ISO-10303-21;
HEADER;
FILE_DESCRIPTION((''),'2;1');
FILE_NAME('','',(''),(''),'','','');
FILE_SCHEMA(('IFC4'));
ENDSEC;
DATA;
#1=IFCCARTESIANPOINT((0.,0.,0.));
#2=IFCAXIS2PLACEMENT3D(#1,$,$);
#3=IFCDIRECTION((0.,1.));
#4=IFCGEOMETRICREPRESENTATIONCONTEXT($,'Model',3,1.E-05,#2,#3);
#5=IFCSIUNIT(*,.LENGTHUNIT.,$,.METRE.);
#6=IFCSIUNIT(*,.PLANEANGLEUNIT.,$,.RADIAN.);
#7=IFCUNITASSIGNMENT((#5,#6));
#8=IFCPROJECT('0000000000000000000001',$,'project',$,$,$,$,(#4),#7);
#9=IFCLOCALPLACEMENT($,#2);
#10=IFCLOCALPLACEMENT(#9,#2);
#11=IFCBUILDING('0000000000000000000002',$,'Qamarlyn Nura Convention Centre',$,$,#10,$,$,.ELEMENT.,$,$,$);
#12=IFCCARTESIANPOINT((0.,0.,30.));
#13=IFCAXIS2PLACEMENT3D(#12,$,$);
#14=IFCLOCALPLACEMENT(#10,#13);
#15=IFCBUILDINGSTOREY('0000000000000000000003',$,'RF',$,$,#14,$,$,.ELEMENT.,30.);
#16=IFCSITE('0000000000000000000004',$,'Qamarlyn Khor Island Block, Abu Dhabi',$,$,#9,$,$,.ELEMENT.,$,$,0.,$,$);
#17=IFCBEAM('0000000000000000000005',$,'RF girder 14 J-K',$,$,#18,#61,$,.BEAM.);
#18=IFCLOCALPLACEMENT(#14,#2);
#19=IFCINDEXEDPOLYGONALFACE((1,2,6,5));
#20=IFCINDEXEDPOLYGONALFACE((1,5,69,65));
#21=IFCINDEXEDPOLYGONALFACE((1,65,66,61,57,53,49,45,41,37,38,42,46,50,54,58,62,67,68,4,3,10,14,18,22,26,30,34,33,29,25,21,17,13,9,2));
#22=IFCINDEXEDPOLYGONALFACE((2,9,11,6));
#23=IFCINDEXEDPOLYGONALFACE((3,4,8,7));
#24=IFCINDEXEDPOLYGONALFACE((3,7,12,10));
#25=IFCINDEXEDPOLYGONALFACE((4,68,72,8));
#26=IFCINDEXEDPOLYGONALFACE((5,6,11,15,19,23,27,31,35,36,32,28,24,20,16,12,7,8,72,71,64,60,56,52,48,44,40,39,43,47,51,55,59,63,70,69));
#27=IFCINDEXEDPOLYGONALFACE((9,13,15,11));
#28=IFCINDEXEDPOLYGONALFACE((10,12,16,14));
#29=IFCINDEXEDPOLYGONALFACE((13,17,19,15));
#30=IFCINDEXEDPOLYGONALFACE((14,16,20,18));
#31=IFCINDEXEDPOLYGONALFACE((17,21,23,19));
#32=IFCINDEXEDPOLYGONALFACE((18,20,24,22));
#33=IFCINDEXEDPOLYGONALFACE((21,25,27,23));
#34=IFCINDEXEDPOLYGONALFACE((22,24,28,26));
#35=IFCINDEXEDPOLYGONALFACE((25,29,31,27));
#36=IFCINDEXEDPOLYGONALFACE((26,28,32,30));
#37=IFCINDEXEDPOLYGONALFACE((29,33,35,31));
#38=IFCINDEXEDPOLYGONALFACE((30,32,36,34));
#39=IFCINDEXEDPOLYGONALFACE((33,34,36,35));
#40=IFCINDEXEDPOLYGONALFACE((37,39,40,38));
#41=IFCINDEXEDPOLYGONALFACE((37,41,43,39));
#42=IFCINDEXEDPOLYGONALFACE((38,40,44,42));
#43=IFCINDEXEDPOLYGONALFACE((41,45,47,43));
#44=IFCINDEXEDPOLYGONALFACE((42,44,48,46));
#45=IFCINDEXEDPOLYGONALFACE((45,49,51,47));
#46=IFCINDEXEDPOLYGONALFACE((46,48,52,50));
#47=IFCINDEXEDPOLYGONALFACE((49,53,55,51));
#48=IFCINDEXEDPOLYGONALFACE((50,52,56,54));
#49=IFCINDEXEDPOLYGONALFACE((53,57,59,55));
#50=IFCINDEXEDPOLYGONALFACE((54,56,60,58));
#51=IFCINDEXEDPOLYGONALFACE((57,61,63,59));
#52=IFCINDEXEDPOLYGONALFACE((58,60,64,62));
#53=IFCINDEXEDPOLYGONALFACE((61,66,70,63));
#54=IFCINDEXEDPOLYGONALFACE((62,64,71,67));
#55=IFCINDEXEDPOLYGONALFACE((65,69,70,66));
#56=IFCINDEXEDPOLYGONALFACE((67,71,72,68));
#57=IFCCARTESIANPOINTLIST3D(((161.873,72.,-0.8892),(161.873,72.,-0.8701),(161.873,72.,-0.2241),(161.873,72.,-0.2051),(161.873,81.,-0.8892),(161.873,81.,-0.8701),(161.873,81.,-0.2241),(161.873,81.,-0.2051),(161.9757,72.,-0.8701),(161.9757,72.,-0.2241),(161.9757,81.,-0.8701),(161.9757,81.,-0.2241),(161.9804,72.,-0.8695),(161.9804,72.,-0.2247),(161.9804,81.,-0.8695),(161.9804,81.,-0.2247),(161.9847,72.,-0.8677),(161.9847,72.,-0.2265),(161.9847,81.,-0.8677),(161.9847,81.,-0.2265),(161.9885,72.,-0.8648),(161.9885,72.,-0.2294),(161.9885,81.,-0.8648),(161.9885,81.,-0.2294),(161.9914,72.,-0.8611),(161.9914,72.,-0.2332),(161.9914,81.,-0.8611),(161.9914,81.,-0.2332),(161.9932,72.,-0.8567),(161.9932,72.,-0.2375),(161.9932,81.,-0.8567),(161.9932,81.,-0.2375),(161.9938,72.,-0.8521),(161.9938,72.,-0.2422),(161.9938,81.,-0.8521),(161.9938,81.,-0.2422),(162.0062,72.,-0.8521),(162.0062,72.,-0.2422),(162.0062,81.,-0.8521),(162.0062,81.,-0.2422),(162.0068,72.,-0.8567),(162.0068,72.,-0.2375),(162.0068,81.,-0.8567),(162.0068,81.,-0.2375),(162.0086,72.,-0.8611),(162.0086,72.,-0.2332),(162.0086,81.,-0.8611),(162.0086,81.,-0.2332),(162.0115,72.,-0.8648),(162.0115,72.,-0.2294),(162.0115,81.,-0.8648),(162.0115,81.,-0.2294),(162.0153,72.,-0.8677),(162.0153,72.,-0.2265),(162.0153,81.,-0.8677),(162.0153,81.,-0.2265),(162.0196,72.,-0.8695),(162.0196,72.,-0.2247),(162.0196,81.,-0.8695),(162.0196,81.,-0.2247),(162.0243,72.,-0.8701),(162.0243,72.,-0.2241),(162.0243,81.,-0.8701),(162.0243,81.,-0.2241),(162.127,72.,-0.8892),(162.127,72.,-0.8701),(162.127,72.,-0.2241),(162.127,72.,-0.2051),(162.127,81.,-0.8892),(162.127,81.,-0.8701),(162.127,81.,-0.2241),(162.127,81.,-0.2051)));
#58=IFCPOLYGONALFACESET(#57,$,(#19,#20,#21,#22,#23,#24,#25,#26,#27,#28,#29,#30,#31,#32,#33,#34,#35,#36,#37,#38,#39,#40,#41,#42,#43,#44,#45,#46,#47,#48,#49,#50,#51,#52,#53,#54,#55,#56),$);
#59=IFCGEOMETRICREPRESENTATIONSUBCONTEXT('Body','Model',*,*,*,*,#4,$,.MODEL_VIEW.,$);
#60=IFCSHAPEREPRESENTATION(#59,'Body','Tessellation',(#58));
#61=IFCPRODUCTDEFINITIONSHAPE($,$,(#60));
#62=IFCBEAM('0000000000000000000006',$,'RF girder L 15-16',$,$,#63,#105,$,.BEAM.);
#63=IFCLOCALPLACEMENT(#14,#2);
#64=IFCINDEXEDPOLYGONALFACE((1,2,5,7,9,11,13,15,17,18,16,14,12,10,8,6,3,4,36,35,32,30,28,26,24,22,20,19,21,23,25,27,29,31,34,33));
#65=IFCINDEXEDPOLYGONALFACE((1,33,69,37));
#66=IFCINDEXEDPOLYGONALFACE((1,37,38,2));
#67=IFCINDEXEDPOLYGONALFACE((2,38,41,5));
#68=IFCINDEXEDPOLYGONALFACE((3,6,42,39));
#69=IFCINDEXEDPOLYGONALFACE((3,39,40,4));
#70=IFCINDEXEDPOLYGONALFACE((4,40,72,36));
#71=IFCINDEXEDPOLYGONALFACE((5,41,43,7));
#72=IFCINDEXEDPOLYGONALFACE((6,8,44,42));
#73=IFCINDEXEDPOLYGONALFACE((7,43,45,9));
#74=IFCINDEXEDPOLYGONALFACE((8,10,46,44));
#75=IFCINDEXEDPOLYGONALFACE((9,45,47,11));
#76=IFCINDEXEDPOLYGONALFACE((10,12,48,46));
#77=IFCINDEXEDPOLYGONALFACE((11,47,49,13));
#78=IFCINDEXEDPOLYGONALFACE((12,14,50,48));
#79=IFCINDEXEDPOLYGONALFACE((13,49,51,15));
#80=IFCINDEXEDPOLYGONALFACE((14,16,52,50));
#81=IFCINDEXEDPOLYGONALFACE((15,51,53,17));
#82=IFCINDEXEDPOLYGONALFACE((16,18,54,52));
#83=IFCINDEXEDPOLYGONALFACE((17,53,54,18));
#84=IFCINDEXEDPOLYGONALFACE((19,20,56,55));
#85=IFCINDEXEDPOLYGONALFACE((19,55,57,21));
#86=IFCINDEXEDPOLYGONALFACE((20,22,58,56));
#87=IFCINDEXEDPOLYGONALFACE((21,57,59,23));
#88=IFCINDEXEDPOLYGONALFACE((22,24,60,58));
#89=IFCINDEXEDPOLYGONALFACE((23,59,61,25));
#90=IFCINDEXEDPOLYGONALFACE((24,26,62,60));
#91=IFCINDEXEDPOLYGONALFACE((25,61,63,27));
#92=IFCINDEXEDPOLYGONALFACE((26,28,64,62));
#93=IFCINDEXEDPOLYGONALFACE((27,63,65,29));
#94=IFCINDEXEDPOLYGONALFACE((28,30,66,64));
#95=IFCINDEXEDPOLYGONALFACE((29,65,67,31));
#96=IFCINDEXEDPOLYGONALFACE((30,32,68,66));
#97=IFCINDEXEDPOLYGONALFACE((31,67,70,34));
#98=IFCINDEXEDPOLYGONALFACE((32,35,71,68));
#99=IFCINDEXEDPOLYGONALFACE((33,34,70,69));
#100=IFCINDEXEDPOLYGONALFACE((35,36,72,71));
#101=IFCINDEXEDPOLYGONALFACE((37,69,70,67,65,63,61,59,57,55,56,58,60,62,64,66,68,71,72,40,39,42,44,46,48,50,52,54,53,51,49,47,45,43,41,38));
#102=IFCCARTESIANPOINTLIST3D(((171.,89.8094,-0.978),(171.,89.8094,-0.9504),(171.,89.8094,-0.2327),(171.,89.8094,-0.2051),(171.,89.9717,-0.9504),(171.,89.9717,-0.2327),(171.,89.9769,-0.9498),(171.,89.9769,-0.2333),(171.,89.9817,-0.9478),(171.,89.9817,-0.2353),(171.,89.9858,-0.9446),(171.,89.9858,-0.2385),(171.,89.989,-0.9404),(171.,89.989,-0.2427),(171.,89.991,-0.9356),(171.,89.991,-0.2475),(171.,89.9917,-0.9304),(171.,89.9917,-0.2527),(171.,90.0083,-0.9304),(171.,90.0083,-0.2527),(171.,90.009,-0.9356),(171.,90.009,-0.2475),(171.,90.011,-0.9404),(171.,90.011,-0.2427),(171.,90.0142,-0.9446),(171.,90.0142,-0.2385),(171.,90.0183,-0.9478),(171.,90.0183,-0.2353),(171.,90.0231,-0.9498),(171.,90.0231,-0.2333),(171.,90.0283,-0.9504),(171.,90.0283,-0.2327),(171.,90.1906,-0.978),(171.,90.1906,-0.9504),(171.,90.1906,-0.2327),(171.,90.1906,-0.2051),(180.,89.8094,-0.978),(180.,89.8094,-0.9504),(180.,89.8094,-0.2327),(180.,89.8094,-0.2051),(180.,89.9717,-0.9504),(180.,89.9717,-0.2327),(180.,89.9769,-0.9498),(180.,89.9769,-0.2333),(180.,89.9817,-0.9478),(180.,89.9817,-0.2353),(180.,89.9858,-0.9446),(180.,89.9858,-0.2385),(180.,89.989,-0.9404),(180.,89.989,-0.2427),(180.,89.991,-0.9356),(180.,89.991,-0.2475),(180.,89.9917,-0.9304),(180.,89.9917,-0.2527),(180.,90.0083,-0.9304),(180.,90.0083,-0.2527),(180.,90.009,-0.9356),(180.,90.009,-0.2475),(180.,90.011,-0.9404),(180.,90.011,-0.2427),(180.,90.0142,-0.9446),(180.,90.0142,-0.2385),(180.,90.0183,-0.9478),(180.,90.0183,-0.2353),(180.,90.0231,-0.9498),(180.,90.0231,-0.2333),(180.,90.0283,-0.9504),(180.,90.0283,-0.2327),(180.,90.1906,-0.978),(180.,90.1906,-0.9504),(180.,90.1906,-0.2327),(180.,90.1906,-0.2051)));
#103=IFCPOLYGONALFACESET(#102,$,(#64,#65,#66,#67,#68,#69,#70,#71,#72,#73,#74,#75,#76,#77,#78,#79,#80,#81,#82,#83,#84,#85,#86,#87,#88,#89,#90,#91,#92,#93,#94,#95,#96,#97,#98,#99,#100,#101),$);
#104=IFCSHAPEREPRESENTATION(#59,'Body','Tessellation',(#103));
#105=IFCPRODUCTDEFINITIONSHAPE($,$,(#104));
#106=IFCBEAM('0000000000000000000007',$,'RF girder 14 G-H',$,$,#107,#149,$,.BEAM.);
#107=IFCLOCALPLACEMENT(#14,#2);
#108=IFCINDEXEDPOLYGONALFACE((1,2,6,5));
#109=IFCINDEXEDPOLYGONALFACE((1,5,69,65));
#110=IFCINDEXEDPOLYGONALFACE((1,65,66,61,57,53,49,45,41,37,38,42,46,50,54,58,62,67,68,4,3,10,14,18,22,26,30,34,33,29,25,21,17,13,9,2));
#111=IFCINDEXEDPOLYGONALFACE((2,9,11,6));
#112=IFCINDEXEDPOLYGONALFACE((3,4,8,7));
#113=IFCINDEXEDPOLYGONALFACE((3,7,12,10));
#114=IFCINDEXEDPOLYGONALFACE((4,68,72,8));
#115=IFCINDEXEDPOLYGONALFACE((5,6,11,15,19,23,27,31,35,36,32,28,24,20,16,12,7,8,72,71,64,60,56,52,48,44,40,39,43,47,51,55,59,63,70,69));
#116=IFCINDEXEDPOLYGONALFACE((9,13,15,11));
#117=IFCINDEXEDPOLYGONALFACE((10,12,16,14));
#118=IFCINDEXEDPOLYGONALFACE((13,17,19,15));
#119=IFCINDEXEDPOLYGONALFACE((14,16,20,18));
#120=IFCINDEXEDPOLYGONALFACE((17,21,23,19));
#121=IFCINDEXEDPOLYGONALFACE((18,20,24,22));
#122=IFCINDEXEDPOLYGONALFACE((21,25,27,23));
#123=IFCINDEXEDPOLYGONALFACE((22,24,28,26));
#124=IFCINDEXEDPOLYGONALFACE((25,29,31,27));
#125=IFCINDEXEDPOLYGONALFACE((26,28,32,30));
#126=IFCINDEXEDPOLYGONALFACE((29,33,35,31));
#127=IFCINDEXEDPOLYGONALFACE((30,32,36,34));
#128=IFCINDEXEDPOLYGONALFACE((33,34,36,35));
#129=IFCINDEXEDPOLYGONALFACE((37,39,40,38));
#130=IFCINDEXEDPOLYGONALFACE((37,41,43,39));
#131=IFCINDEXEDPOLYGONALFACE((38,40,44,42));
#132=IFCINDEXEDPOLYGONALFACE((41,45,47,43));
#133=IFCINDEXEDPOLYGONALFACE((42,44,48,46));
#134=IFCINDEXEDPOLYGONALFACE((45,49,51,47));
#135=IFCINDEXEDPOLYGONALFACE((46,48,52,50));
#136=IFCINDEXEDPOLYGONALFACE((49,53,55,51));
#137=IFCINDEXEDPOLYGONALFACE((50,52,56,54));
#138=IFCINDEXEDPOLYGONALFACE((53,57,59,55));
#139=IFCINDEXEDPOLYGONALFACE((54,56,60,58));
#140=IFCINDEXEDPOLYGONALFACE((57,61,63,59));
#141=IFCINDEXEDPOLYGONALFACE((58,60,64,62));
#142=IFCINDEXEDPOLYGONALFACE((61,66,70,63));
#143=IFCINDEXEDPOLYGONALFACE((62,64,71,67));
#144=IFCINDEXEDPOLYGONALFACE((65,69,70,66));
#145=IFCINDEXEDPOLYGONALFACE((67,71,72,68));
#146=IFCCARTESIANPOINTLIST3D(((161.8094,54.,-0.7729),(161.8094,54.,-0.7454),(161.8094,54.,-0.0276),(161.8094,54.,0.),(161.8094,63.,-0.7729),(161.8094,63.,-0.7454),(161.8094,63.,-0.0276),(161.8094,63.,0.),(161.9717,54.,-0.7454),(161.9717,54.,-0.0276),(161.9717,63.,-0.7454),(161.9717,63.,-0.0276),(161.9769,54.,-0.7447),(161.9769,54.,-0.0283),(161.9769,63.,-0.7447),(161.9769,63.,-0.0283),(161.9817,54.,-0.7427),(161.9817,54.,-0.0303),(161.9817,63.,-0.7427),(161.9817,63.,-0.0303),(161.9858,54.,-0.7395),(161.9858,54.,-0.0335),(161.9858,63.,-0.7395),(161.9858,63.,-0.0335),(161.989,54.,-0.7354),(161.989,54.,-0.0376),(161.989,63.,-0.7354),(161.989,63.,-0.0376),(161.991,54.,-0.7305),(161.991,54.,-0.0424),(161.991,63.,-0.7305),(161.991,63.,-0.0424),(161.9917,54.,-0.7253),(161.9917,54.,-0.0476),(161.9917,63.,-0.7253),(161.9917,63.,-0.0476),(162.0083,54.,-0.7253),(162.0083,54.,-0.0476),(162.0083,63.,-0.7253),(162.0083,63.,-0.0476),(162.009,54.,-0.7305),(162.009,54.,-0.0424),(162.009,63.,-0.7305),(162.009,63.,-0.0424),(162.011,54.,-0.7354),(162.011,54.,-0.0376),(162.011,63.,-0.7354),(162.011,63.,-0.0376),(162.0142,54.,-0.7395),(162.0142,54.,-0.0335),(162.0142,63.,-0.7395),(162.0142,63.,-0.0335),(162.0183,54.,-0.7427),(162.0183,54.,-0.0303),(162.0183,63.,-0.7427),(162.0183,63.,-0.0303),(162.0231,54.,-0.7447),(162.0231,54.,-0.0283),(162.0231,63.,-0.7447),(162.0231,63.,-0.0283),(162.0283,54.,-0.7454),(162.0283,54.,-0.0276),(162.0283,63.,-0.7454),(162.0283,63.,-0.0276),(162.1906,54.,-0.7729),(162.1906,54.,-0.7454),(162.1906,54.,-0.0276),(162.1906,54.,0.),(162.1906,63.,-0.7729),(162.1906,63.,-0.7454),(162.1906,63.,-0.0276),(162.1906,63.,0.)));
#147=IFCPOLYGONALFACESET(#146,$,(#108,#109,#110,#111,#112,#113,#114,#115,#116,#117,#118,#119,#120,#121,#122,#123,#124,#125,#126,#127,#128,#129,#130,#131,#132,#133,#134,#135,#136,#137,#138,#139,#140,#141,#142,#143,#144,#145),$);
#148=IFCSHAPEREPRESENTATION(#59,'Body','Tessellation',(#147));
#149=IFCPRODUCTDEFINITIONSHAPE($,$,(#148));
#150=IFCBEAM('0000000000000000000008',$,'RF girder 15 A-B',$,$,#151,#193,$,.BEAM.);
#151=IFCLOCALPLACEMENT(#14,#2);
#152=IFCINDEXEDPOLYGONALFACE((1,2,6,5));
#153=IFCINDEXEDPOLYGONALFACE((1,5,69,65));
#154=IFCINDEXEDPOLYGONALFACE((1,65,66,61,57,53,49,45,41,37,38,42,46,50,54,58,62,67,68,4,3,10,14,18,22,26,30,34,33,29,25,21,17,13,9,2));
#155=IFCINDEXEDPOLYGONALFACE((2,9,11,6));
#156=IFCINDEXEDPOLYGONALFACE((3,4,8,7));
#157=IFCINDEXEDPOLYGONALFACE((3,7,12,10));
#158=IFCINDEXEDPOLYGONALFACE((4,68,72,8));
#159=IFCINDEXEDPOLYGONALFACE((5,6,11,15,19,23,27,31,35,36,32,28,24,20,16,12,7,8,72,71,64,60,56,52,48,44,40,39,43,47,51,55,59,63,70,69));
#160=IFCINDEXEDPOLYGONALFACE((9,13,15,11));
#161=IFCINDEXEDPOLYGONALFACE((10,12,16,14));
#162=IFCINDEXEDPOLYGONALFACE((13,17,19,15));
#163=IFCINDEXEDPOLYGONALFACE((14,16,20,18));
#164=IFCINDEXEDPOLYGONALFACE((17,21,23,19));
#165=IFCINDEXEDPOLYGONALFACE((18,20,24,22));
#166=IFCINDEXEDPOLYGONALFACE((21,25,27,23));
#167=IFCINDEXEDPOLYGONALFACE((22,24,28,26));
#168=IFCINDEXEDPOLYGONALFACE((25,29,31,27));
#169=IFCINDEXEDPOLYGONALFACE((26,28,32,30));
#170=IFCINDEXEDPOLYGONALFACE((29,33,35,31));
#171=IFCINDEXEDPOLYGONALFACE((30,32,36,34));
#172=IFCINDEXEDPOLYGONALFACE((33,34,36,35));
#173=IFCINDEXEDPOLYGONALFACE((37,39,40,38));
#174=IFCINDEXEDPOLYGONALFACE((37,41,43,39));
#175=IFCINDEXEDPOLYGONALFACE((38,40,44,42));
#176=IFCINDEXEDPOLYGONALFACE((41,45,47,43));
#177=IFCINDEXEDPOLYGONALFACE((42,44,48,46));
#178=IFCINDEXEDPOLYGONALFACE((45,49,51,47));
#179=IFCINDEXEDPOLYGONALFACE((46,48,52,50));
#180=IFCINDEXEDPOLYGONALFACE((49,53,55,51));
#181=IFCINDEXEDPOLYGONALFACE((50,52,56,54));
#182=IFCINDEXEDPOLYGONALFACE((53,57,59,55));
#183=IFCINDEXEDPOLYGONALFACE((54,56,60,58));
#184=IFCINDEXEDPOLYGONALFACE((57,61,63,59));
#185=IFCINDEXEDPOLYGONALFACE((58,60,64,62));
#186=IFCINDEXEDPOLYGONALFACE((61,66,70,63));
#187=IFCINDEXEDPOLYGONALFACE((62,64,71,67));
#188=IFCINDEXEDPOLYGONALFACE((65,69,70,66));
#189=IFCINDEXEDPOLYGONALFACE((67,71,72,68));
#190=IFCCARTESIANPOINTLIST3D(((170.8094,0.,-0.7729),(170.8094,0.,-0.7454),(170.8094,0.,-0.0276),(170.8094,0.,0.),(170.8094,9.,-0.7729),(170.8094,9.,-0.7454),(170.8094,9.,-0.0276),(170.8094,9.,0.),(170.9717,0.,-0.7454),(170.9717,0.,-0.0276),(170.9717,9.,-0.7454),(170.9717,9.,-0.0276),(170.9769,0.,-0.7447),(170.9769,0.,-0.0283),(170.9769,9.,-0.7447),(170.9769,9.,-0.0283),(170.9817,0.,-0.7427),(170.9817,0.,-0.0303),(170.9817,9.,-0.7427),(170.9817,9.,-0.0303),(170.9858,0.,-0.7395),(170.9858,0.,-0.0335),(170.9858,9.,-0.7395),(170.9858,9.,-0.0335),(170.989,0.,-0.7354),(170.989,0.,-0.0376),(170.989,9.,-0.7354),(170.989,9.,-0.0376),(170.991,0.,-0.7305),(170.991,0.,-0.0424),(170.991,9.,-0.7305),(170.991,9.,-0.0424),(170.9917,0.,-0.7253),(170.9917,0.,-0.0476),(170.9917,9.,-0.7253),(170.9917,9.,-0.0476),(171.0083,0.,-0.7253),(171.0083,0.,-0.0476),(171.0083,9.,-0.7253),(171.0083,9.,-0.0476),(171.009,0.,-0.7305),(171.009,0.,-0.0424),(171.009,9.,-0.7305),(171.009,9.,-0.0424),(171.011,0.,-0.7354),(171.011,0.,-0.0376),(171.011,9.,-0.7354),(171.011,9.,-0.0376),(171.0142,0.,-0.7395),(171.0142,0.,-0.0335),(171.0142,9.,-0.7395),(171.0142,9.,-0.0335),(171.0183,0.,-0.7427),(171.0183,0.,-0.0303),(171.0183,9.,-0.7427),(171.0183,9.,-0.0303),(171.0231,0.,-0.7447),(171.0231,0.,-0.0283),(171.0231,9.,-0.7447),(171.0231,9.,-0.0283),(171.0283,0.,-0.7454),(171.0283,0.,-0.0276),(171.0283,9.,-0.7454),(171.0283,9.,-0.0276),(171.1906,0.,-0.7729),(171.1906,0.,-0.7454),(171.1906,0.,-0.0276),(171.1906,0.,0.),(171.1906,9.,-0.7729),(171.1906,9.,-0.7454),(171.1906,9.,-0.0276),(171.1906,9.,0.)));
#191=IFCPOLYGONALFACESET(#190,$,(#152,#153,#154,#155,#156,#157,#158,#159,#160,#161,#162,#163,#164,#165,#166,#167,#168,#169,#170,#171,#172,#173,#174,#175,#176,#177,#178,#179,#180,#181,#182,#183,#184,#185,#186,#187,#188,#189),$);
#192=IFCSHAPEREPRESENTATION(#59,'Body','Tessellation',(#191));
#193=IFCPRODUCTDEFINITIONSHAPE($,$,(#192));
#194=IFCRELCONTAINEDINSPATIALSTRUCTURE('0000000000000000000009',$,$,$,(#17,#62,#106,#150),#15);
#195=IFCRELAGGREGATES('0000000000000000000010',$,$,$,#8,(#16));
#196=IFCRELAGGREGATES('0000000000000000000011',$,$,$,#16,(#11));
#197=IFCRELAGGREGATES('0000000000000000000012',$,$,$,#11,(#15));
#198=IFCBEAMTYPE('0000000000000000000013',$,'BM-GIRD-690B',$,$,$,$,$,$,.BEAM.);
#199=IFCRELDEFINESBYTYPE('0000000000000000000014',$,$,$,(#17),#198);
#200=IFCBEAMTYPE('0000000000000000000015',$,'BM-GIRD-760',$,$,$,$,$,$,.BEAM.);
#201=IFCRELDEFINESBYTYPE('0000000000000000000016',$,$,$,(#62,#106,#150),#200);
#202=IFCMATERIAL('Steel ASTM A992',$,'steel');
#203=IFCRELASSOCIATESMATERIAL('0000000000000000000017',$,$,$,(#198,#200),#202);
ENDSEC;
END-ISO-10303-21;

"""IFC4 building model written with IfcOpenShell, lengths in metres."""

from ifc_helpers import new_model, si_unit, direction, frame, origin, origin_2d, place, context, subcontext, project, spatial, i_section, extrude, material, material_profile, profile_set, type_object, element, save


model = new_model("IFC4")

# Units and contexts
model_context = context("Model", 3, precision=1e-05, world=origin(), true_north=direction((0.0, 1.0)))
body_context = subcontext(model_context, "Body", "Model", "MODEL_VIEW")
ifc_project = project(units=[si_unit("LENGTHUNIT", "METRE"), si_unit("PLANEANGLEUNIT", "RADIAN")], contexts=[model_context])

# Site, building, storey
site_placement = place(None, origin())
site = spatial("IfcSite", under=ifc_project, at=site_placement, Name="Qamarlyn Khor Island Block, Abu Dhabi", CompositionType="ELEMENT", RefElevation=0.0)
building_placement = place(site_placement, origin())
building = spatial("IfcBuilding", under=site, at=building_placement, Name="Qamarlyn Nura Convention Centre", CompositionType="ELEMENT")
storey_placement = place(building_placement, frame((0.0, 0.0, 30.0)))
storey = spatial("IfcBuildingStorey", under=building, at=storey_placement, Name="RF", CompositionType="ELEMENT", Elevation=30.0)

# Beams
ifc_material_1 = material(Name="Steel ASTM A992", Category="steel")
ifc_material_profile_1 = material_profile(ifc_material_1, i_section(OverallWidth=0.2539, OverallDepth=0.6841, WebThickness=0.0125, FlangeThickness=0.019, FilletRadius=0.0181, at=origin_2d()), Name="W690X140")
ifc_profile_set_1 = profile_set([ifc_material_profile_1], Name="Steel ASTM A992")
beam_type_1 = type_object("IfcBeamType", Name="BM-GIRD-690B", PredefinedType="BEAM", material=ifc_profile_set_1)
for number, where, z_axis, x_axis, name in (
    (1, (162.0, 72.0, -0.5471), (0.0, 1.0, 0.0), (-1.0, 0.0, 0.0), "RF girder 14 J-K"),
):
    element("IfcBeam", number, at=place(storey_placement, frame(where, z_axis=z_axis, x_axis=x_axis)), inside=storey, type_object=beam_type_1, Name=name, PredefinedType="BEAM", context=body_context, shape_type="SweptSolid", body=[
        extrude(i_section(OverallWidth=0.2539, OverallDepth=0.6841, WebThickness=0.0125, FlangeThickness=0.019, FilletRadius=0.0181, at=origin_2d()), origin(), (0.0, 0.0, 1.0), 9.0),
    ])
ifc_material_profile_2 = material_profile(ifc_material_1, i_section(OverallWidth=0.3811, OverallDepth=0.7729, WebThickness=0.0166, FlangeThickness=0.0276, FilletRadius=0.02, at=origin_2d()), Name="W760X257")
ifc_profile_set_2 = profile_set([ifc_material_profile_2], Name="Steel ASTM A992")
beam_type_2 = type_object("IfcBeamType", Name="BM-GIRD-760", PredefinedType="BEAM", material=ifc_profile_set_2)
for number, where, z_axis, x_axis, name in (
    (2, (171.0, 90.0, -0.5916), (1.0, 0.0, 0.0), (0.0, 1.0, 0.0), "RF girder L 15-16"),
    (3, (162.0, 54.0, -0.3865), (0.0, 1.0, 0.0), (-1.0, 0.0, 0.0), "RF girder 14 G-H"),
    (4, (171.0, 0.0, -0.3865), (0.0, 1.0, 0.0), (-1.0, 0.0, 0.0), "RF girder 15 A-B"),
):
    element("IfcBeam", number, at=place(storey_placement, frame(where, z_axis=z_axis, x_axis=x_axis)), inside=storey, type_object=beam_type_2, Name=name, PredefinedType="BEAM", context=body_context, shape_type="SweptSolid", body=[
        extrude(i_section(OverallWidth=0.3811, OverallDepth=0.7729, WebThickness=0.0166, FlangeThickness=0.0276, FilletRadius=0.02, at=origin_2d()), origin(), (0.0, 0.0, 1.0), 9.0),
    ])

save(model, "model.ifc")
